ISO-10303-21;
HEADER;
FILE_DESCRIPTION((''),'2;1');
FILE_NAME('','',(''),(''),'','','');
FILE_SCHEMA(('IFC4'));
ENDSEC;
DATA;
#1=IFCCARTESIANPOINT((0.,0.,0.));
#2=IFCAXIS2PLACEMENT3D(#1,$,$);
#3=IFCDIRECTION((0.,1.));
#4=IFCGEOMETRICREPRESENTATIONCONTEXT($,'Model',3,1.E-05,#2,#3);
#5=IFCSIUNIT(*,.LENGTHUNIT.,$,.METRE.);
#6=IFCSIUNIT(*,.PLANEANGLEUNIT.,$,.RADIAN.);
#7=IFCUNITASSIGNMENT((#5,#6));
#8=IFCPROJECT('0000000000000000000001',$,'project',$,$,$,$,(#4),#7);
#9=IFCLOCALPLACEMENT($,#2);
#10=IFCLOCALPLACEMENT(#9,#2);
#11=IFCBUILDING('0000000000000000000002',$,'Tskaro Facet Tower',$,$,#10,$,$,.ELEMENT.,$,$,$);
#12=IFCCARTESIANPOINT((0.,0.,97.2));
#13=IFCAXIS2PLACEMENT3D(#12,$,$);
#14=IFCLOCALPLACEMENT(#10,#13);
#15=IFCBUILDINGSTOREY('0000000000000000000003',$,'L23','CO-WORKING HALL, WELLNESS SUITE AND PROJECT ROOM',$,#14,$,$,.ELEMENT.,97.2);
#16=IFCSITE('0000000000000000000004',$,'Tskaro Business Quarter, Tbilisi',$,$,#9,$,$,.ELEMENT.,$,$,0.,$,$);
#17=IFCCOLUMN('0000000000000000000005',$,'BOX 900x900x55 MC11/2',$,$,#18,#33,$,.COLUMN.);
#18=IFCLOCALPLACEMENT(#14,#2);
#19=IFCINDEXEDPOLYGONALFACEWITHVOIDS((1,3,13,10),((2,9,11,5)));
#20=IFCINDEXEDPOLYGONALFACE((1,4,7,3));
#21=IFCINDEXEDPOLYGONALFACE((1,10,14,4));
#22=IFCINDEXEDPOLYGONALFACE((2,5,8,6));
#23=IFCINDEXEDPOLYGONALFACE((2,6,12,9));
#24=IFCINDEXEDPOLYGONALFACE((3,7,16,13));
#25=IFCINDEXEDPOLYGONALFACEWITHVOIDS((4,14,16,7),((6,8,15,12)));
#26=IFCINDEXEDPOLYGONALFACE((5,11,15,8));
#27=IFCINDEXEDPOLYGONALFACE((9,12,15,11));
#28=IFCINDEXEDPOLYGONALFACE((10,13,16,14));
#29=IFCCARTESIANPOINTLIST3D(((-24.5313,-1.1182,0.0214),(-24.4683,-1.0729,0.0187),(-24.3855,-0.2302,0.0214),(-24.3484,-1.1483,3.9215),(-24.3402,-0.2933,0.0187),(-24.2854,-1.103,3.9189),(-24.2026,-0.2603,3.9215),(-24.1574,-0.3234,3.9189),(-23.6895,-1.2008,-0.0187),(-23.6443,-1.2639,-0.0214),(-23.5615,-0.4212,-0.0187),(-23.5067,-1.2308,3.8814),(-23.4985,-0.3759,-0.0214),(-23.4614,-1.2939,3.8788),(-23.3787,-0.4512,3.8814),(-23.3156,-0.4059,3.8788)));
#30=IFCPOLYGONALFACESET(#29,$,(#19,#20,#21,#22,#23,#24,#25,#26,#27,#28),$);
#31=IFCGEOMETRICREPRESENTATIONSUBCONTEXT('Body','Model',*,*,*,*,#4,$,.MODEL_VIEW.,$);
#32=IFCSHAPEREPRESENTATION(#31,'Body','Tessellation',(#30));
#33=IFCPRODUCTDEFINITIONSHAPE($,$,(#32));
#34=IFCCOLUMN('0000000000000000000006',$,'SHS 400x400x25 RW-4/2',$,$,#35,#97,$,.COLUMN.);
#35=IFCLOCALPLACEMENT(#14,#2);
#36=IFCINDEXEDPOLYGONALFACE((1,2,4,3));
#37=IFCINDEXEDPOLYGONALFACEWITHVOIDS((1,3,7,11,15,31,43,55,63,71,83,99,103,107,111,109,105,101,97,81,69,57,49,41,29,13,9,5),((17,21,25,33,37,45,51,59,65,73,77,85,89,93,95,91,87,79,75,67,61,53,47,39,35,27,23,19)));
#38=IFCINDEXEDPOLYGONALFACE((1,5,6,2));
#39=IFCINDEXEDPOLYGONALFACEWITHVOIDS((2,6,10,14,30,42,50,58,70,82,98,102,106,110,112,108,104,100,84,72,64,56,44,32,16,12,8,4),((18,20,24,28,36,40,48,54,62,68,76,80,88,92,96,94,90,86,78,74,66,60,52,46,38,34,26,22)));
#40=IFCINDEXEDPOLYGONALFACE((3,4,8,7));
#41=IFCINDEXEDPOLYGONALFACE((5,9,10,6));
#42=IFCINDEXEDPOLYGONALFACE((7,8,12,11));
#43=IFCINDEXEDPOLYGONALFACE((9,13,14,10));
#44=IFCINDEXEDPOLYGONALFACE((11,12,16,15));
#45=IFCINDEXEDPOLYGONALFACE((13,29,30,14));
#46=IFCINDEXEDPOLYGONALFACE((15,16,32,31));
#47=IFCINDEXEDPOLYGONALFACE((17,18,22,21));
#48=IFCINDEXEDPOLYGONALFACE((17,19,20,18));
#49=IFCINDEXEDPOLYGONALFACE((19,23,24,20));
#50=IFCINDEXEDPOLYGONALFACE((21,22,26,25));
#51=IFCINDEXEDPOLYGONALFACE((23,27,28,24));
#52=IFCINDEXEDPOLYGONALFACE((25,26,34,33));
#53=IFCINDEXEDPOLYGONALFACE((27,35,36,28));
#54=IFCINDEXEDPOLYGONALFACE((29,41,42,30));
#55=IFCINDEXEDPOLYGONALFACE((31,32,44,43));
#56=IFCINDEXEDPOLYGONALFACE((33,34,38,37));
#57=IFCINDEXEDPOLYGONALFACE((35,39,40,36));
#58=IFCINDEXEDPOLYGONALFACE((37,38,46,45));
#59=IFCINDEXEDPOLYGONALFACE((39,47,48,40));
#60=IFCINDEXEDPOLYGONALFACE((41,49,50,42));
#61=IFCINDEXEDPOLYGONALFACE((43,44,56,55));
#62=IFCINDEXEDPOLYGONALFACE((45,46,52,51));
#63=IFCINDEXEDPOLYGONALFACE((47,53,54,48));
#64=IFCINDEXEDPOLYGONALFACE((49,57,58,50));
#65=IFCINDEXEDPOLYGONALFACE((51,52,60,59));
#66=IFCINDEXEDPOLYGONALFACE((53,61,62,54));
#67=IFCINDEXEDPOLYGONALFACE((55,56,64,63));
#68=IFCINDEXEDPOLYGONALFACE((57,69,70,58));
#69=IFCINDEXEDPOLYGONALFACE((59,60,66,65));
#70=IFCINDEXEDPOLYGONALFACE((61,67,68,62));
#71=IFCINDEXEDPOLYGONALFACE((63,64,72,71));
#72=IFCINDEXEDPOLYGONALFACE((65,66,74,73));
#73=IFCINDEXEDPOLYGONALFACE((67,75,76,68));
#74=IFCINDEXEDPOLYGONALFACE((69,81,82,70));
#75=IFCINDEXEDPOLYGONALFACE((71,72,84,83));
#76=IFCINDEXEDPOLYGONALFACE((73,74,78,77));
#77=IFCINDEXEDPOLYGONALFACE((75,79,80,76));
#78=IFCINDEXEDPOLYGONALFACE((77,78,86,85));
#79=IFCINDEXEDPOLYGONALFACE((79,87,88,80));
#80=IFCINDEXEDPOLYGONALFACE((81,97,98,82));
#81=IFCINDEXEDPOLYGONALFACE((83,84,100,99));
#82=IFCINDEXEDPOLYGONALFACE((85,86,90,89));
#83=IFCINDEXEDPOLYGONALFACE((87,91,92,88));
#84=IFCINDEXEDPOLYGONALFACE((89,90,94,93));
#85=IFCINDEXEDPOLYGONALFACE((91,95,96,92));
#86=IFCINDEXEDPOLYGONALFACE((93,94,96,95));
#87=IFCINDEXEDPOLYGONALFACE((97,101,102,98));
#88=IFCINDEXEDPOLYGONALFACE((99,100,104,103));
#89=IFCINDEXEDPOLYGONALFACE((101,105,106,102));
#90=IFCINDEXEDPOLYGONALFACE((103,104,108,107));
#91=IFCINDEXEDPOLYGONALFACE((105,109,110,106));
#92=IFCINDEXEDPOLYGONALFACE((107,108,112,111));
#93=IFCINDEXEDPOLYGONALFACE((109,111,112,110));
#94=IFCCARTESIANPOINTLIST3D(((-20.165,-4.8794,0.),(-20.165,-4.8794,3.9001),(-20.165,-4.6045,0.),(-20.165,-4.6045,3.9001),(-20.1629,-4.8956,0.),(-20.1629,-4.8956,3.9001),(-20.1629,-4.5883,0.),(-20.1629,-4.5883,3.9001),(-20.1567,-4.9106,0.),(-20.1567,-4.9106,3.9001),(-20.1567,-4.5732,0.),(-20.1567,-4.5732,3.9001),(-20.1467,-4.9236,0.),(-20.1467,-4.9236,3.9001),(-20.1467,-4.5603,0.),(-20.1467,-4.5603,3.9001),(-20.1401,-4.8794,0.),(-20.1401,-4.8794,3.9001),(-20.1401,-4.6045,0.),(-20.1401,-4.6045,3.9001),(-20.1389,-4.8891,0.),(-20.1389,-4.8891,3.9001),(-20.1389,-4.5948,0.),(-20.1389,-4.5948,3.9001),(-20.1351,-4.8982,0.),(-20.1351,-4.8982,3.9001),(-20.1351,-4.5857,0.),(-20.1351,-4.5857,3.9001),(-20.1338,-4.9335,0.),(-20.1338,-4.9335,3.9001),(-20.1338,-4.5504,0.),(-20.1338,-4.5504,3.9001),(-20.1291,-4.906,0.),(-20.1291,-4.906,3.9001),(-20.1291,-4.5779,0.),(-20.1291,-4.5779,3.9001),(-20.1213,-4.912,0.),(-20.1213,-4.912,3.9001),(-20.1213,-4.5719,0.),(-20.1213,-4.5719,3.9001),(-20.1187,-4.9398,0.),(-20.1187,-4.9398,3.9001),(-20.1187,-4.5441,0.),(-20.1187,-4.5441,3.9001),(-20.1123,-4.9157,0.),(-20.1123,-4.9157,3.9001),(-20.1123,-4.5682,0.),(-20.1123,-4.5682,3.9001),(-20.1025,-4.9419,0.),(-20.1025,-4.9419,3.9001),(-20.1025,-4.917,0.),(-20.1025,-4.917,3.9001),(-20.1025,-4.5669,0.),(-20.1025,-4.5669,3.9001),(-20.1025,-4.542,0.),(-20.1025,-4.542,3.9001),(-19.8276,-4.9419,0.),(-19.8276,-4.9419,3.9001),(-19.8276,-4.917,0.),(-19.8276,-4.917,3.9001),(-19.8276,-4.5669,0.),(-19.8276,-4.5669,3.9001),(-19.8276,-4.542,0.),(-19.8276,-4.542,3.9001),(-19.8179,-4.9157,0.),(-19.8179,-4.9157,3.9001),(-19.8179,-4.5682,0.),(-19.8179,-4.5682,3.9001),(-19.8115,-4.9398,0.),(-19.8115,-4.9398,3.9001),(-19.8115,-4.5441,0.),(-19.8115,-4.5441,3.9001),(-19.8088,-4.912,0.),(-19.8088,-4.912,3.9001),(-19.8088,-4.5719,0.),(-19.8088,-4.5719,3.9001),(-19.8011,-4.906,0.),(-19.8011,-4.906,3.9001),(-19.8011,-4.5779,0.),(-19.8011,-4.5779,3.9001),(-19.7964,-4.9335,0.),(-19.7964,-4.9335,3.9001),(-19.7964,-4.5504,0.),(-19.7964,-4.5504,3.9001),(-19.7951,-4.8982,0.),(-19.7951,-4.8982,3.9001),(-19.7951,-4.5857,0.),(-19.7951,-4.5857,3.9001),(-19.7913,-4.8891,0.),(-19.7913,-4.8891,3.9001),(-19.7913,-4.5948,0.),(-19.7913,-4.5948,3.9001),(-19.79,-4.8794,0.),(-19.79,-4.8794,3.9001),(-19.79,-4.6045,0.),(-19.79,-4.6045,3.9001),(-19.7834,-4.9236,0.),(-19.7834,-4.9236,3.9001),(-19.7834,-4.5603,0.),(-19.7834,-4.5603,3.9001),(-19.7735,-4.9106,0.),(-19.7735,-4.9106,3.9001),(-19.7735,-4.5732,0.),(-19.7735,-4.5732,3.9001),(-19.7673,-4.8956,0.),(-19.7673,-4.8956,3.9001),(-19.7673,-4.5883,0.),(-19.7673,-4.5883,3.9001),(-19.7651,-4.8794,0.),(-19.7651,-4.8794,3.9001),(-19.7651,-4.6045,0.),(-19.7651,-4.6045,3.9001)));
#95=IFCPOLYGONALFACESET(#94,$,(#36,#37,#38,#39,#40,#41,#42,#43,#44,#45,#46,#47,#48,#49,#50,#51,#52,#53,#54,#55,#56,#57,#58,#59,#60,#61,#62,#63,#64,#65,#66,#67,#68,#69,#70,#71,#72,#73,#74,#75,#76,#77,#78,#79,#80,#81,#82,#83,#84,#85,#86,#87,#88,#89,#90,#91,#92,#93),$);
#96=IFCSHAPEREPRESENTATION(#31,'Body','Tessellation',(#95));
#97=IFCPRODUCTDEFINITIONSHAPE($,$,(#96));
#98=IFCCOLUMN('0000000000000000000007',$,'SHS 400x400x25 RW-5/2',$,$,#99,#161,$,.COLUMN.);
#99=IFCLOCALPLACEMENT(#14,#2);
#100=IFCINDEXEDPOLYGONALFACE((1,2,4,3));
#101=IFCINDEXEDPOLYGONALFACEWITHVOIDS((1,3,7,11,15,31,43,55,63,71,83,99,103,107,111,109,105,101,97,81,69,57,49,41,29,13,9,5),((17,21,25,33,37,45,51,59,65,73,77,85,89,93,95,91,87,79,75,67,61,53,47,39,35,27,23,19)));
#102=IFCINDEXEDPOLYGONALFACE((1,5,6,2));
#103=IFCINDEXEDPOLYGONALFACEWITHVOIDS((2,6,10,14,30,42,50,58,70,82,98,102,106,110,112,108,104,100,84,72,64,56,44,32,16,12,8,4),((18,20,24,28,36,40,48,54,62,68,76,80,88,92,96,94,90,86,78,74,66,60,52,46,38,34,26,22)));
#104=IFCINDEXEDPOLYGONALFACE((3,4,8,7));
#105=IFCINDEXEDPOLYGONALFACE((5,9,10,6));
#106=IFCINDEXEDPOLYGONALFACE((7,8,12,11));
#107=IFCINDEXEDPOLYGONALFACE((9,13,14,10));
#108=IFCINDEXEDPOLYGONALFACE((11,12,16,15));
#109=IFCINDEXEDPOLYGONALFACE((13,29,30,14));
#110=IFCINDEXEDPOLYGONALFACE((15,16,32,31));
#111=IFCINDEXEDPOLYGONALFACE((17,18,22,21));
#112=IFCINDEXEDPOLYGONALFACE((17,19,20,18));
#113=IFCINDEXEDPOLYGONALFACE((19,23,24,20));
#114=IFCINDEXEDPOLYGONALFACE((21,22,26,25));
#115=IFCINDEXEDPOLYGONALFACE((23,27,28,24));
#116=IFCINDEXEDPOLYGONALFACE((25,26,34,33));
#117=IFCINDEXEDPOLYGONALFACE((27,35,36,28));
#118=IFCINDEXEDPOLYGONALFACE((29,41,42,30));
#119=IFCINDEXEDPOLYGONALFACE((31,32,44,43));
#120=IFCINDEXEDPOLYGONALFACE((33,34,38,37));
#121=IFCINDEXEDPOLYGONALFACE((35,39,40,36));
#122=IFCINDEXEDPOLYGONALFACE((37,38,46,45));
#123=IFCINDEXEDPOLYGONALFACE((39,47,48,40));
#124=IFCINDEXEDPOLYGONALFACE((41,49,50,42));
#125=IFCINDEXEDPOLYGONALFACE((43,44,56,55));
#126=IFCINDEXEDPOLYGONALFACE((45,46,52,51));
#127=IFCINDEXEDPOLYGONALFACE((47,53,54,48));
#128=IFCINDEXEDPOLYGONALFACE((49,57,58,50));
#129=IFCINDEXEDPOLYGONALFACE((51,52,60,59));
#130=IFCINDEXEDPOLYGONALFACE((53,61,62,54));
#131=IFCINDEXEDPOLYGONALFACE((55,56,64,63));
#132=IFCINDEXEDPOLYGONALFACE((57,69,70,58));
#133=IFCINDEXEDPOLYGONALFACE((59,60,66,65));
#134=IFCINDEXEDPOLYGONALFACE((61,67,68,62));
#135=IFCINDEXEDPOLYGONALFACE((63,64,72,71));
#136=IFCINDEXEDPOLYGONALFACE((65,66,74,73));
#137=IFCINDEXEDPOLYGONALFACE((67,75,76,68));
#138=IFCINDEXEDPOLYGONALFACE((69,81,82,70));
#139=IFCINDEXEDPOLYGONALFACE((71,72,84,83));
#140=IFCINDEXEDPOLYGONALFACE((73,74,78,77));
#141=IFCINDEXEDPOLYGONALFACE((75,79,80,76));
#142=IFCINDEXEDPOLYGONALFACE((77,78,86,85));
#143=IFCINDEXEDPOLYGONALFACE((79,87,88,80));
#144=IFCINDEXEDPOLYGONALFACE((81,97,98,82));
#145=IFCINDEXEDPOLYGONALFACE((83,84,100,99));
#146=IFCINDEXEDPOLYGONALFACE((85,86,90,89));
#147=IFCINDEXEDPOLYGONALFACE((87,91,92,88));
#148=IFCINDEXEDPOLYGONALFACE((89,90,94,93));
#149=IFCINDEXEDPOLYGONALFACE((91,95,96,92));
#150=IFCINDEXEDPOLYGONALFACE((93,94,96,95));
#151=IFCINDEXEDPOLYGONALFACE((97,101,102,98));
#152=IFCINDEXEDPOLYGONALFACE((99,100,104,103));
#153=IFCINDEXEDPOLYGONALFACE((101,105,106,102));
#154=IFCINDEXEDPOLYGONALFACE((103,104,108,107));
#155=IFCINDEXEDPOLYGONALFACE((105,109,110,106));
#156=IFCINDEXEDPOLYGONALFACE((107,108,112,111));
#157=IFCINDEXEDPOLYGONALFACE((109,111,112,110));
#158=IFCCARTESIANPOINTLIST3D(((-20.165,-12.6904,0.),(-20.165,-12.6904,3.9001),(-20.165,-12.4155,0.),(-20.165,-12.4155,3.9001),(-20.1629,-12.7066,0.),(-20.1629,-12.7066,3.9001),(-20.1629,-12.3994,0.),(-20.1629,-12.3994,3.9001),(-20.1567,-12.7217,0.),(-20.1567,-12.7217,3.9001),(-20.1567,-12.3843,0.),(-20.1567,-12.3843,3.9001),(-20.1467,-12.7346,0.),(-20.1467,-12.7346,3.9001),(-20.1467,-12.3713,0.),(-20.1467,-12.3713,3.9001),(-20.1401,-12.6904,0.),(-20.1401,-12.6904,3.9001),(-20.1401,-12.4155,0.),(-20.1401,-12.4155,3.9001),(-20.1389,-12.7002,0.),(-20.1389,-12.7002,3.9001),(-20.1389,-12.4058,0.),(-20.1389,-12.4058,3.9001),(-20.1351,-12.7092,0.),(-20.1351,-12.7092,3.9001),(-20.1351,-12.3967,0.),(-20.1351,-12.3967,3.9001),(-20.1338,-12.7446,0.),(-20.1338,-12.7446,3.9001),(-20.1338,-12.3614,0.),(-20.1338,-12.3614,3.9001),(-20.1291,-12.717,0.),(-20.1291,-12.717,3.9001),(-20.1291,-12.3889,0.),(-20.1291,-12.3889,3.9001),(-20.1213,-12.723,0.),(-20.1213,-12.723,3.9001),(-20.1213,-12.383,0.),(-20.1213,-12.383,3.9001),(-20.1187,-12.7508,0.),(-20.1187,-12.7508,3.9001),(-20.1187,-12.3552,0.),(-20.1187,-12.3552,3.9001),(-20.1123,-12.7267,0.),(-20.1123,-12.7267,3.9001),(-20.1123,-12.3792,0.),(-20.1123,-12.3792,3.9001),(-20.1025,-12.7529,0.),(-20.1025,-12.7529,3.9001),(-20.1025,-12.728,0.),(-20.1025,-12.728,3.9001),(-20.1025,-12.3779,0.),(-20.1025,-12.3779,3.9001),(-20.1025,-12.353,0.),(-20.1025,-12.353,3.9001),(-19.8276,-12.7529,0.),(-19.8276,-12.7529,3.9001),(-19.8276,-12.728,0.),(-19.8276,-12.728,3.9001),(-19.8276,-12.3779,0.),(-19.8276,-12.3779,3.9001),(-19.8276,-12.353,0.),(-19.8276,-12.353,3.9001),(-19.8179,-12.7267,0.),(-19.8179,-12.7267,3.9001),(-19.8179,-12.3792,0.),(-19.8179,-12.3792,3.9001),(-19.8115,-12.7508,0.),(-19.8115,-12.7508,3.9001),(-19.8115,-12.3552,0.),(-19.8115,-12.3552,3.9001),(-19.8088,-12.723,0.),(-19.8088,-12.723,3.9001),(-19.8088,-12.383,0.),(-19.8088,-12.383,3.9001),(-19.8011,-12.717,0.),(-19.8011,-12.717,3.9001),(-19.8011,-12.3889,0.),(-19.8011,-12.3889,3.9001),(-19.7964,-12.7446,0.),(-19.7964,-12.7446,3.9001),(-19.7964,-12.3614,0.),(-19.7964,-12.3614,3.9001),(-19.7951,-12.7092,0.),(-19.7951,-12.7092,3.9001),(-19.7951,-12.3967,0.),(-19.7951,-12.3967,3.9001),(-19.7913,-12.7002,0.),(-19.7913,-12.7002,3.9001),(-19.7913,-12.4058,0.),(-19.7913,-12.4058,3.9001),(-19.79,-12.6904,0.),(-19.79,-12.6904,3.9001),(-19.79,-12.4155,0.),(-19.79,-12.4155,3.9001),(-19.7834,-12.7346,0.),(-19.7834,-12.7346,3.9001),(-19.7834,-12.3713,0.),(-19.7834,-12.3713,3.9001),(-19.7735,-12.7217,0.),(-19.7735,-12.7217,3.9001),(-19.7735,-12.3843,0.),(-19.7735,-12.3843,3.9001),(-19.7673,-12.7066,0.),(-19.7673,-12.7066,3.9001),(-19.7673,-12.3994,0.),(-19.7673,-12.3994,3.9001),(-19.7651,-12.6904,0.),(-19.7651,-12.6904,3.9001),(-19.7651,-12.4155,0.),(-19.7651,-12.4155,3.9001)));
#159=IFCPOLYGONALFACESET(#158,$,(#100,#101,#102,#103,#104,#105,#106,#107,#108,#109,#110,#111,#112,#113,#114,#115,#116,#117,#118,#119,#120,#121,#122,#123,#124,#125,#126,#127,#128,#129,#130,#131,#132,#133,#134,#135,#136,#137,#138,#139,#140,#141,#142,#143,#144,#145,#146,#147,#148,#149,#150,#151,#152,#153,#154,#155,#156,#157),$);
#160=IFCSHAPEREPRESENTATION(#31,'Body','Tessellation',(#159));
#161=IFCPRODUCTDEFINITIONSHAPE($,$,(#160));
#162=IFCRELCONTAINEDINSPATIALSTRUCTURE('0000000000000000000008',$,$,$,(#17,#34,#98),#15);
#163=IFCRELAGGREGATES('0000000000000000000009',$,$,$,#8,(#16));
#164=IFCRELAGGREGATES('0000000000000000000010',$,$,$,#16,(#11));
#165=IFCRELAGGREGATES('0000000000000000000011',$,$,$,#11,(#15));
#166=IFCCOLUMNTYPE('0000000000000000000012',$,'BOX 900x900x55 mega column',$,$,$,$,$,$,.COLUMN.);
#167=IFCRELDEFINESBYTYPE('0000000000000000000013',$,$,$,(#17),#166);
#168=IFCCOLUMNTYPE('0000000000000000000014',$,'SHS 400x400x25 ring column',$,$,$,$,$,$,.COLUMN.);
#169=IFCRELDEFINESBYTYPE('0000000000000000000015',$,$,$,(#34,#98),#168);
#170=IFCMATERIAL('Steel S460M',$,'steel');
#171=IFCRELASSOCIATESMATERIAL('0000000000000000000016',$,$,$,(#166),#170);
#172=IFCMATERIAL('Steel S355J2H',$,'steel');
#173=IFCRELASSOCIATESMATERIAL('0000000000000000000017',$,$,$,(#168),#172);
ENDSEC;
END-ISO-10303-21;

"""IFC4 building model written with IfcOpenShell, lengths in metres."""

from ifc_helpers import new_model, si_unit, direction, frame, origin, origin_2d, place, context, subcontext, project, spatial, hollow_rectangle, extrude, material, material_profile, profile_set, type_object, element, save


model = new_model("IFC4")

# Units and contexts
model_context = context("Model", 3, precision=1e-05, world=origin(), true_north=direction((0.0, 1.0)))
body_context = subcontext(model_context, "Body", "Model", "MODEL_VIEW")
ifc_project = project(units=[si_unit("LENGTHUNIT", "METRE"), si_unit("PLANEANGLEUNIT", "RADIAN")], contexts=[model_context])

# Site, building, storey
site_placement = place(None, origin())
site = spatial("IfcSite", under=ifc_project, at=site_placement, Name="Tskaro Business Quarter, Tbilisi", CompositionType="ELEMENT", RefElevation=0.0)
building_placement = place(site_placement, origin())
building = spatial("IfcBuilding", under=site, at=building_placement, Name="Tskaro Facet Tower", CompositionType="ELEMENT")
storey_placement = place(building_placement, frame((0.0, 0.0, 97.2)))
storey = spatial("IfcBuildingStorey", under=building, at=storey_placement, Name="L23", Description="CO-WORKING HALL, WELLNESS SUITE AND PROJECT ROOM", CompositionType="ELEMENT", Elevation=97.2)

# Columns
ifc_material_1 = material(Name="Steel S460M", Category="steel")
ifc_material_profile_1 = material_profile(ifc_material_1, hollow_rectangle(XDim=0.8999, YDim=0.8999, WallThickness=0.0549, at=origin_2d()), Name="BOX 900x900x55")
ifc_profile_set_1 = profile_set([ifc_material_profile_1], Name="Steel S460M")
column_type_1 = type_object("IfcColumnType", Name="BOX 900x900x55 mega column", PredefinedType="COLUMN", material=ifc_profile_set_1)
column_placement = place(storey_placement, frame((-24.0149, -0.7471, 0.0), z_axis=(0.046833, -0.007691, 0.998873), x_axis=(0.162048, 0.986783, 0.0)))
element("IfcColumn", 1, at=column_placement, inside=storey, type_object=column_type_1, Name="BOX 900x900x55 MC11/2", PredefinedType="COLUMN", context=body_context, shape_type="SweptSolid", body=[
    extrude(hollow_rectangle(XDim=0.8999, YDim=0.8999, WallThickness=0.0549, at=origin_2d()), origin(), (0.0, 0.0, 1.0), 3.9045),
])
ifc_material_2 = material(Name="Steel S355J2H", Category="steel")
ifc_material_profile_2 = material_profile(ifc_material_2, hollow_rectangle(XDim=0.3999, YDim=0.3999, WallThickness=0.0249, InnerFilletRadius=0.0376, OuterFilletRadius=0.0625, at=origin_2d()), Name="SHS 400x400x25")
ifc_profile_set_2 = profile_set([ifc_material_profile_2], Name="Steel S355J2H")
column_type_2 = type_object("IfcColumnType", Name="SHS 400x400x25 ring column", PredefinedType="COLUMN", material=ifc_profile_set_2)
for number, where, z_axis, x_axis, name in (
    (2, (-19.9651, -4.7419, 0.0), (0.0, 0.0, 1.0), (1.0, 0.0, 0.0), "SHS 400x400x25 RW-4/2"),
    (3, (-19.9651, -12.553, 0.0), (0.0, 0.0, 1.0), (1.0, 0.0, 0.0), "SHS 400x400x25 RW-5/2"),
):
    element("IfcColumn", number, at=place(storey_placement, frame(where, z_axis=z_axis, x_axis=x_axis)), inside=storey, type_object=column_type_2, Name=name, PredefinedType="COLUMN", context=body_context, shape_type="SweptSolid", body=[
        extrude(hollow_rectangle(XDim=0.3999, YDim=0.3999, WallThickness=0.0249, InnerFilletRadius=0.0376, OuterFilletRadius=0.0625, at=origin_2d()), origin(), (0.0, 0.0, 1.0), 3.9001),
    ])

save(model, "model.ifc")
